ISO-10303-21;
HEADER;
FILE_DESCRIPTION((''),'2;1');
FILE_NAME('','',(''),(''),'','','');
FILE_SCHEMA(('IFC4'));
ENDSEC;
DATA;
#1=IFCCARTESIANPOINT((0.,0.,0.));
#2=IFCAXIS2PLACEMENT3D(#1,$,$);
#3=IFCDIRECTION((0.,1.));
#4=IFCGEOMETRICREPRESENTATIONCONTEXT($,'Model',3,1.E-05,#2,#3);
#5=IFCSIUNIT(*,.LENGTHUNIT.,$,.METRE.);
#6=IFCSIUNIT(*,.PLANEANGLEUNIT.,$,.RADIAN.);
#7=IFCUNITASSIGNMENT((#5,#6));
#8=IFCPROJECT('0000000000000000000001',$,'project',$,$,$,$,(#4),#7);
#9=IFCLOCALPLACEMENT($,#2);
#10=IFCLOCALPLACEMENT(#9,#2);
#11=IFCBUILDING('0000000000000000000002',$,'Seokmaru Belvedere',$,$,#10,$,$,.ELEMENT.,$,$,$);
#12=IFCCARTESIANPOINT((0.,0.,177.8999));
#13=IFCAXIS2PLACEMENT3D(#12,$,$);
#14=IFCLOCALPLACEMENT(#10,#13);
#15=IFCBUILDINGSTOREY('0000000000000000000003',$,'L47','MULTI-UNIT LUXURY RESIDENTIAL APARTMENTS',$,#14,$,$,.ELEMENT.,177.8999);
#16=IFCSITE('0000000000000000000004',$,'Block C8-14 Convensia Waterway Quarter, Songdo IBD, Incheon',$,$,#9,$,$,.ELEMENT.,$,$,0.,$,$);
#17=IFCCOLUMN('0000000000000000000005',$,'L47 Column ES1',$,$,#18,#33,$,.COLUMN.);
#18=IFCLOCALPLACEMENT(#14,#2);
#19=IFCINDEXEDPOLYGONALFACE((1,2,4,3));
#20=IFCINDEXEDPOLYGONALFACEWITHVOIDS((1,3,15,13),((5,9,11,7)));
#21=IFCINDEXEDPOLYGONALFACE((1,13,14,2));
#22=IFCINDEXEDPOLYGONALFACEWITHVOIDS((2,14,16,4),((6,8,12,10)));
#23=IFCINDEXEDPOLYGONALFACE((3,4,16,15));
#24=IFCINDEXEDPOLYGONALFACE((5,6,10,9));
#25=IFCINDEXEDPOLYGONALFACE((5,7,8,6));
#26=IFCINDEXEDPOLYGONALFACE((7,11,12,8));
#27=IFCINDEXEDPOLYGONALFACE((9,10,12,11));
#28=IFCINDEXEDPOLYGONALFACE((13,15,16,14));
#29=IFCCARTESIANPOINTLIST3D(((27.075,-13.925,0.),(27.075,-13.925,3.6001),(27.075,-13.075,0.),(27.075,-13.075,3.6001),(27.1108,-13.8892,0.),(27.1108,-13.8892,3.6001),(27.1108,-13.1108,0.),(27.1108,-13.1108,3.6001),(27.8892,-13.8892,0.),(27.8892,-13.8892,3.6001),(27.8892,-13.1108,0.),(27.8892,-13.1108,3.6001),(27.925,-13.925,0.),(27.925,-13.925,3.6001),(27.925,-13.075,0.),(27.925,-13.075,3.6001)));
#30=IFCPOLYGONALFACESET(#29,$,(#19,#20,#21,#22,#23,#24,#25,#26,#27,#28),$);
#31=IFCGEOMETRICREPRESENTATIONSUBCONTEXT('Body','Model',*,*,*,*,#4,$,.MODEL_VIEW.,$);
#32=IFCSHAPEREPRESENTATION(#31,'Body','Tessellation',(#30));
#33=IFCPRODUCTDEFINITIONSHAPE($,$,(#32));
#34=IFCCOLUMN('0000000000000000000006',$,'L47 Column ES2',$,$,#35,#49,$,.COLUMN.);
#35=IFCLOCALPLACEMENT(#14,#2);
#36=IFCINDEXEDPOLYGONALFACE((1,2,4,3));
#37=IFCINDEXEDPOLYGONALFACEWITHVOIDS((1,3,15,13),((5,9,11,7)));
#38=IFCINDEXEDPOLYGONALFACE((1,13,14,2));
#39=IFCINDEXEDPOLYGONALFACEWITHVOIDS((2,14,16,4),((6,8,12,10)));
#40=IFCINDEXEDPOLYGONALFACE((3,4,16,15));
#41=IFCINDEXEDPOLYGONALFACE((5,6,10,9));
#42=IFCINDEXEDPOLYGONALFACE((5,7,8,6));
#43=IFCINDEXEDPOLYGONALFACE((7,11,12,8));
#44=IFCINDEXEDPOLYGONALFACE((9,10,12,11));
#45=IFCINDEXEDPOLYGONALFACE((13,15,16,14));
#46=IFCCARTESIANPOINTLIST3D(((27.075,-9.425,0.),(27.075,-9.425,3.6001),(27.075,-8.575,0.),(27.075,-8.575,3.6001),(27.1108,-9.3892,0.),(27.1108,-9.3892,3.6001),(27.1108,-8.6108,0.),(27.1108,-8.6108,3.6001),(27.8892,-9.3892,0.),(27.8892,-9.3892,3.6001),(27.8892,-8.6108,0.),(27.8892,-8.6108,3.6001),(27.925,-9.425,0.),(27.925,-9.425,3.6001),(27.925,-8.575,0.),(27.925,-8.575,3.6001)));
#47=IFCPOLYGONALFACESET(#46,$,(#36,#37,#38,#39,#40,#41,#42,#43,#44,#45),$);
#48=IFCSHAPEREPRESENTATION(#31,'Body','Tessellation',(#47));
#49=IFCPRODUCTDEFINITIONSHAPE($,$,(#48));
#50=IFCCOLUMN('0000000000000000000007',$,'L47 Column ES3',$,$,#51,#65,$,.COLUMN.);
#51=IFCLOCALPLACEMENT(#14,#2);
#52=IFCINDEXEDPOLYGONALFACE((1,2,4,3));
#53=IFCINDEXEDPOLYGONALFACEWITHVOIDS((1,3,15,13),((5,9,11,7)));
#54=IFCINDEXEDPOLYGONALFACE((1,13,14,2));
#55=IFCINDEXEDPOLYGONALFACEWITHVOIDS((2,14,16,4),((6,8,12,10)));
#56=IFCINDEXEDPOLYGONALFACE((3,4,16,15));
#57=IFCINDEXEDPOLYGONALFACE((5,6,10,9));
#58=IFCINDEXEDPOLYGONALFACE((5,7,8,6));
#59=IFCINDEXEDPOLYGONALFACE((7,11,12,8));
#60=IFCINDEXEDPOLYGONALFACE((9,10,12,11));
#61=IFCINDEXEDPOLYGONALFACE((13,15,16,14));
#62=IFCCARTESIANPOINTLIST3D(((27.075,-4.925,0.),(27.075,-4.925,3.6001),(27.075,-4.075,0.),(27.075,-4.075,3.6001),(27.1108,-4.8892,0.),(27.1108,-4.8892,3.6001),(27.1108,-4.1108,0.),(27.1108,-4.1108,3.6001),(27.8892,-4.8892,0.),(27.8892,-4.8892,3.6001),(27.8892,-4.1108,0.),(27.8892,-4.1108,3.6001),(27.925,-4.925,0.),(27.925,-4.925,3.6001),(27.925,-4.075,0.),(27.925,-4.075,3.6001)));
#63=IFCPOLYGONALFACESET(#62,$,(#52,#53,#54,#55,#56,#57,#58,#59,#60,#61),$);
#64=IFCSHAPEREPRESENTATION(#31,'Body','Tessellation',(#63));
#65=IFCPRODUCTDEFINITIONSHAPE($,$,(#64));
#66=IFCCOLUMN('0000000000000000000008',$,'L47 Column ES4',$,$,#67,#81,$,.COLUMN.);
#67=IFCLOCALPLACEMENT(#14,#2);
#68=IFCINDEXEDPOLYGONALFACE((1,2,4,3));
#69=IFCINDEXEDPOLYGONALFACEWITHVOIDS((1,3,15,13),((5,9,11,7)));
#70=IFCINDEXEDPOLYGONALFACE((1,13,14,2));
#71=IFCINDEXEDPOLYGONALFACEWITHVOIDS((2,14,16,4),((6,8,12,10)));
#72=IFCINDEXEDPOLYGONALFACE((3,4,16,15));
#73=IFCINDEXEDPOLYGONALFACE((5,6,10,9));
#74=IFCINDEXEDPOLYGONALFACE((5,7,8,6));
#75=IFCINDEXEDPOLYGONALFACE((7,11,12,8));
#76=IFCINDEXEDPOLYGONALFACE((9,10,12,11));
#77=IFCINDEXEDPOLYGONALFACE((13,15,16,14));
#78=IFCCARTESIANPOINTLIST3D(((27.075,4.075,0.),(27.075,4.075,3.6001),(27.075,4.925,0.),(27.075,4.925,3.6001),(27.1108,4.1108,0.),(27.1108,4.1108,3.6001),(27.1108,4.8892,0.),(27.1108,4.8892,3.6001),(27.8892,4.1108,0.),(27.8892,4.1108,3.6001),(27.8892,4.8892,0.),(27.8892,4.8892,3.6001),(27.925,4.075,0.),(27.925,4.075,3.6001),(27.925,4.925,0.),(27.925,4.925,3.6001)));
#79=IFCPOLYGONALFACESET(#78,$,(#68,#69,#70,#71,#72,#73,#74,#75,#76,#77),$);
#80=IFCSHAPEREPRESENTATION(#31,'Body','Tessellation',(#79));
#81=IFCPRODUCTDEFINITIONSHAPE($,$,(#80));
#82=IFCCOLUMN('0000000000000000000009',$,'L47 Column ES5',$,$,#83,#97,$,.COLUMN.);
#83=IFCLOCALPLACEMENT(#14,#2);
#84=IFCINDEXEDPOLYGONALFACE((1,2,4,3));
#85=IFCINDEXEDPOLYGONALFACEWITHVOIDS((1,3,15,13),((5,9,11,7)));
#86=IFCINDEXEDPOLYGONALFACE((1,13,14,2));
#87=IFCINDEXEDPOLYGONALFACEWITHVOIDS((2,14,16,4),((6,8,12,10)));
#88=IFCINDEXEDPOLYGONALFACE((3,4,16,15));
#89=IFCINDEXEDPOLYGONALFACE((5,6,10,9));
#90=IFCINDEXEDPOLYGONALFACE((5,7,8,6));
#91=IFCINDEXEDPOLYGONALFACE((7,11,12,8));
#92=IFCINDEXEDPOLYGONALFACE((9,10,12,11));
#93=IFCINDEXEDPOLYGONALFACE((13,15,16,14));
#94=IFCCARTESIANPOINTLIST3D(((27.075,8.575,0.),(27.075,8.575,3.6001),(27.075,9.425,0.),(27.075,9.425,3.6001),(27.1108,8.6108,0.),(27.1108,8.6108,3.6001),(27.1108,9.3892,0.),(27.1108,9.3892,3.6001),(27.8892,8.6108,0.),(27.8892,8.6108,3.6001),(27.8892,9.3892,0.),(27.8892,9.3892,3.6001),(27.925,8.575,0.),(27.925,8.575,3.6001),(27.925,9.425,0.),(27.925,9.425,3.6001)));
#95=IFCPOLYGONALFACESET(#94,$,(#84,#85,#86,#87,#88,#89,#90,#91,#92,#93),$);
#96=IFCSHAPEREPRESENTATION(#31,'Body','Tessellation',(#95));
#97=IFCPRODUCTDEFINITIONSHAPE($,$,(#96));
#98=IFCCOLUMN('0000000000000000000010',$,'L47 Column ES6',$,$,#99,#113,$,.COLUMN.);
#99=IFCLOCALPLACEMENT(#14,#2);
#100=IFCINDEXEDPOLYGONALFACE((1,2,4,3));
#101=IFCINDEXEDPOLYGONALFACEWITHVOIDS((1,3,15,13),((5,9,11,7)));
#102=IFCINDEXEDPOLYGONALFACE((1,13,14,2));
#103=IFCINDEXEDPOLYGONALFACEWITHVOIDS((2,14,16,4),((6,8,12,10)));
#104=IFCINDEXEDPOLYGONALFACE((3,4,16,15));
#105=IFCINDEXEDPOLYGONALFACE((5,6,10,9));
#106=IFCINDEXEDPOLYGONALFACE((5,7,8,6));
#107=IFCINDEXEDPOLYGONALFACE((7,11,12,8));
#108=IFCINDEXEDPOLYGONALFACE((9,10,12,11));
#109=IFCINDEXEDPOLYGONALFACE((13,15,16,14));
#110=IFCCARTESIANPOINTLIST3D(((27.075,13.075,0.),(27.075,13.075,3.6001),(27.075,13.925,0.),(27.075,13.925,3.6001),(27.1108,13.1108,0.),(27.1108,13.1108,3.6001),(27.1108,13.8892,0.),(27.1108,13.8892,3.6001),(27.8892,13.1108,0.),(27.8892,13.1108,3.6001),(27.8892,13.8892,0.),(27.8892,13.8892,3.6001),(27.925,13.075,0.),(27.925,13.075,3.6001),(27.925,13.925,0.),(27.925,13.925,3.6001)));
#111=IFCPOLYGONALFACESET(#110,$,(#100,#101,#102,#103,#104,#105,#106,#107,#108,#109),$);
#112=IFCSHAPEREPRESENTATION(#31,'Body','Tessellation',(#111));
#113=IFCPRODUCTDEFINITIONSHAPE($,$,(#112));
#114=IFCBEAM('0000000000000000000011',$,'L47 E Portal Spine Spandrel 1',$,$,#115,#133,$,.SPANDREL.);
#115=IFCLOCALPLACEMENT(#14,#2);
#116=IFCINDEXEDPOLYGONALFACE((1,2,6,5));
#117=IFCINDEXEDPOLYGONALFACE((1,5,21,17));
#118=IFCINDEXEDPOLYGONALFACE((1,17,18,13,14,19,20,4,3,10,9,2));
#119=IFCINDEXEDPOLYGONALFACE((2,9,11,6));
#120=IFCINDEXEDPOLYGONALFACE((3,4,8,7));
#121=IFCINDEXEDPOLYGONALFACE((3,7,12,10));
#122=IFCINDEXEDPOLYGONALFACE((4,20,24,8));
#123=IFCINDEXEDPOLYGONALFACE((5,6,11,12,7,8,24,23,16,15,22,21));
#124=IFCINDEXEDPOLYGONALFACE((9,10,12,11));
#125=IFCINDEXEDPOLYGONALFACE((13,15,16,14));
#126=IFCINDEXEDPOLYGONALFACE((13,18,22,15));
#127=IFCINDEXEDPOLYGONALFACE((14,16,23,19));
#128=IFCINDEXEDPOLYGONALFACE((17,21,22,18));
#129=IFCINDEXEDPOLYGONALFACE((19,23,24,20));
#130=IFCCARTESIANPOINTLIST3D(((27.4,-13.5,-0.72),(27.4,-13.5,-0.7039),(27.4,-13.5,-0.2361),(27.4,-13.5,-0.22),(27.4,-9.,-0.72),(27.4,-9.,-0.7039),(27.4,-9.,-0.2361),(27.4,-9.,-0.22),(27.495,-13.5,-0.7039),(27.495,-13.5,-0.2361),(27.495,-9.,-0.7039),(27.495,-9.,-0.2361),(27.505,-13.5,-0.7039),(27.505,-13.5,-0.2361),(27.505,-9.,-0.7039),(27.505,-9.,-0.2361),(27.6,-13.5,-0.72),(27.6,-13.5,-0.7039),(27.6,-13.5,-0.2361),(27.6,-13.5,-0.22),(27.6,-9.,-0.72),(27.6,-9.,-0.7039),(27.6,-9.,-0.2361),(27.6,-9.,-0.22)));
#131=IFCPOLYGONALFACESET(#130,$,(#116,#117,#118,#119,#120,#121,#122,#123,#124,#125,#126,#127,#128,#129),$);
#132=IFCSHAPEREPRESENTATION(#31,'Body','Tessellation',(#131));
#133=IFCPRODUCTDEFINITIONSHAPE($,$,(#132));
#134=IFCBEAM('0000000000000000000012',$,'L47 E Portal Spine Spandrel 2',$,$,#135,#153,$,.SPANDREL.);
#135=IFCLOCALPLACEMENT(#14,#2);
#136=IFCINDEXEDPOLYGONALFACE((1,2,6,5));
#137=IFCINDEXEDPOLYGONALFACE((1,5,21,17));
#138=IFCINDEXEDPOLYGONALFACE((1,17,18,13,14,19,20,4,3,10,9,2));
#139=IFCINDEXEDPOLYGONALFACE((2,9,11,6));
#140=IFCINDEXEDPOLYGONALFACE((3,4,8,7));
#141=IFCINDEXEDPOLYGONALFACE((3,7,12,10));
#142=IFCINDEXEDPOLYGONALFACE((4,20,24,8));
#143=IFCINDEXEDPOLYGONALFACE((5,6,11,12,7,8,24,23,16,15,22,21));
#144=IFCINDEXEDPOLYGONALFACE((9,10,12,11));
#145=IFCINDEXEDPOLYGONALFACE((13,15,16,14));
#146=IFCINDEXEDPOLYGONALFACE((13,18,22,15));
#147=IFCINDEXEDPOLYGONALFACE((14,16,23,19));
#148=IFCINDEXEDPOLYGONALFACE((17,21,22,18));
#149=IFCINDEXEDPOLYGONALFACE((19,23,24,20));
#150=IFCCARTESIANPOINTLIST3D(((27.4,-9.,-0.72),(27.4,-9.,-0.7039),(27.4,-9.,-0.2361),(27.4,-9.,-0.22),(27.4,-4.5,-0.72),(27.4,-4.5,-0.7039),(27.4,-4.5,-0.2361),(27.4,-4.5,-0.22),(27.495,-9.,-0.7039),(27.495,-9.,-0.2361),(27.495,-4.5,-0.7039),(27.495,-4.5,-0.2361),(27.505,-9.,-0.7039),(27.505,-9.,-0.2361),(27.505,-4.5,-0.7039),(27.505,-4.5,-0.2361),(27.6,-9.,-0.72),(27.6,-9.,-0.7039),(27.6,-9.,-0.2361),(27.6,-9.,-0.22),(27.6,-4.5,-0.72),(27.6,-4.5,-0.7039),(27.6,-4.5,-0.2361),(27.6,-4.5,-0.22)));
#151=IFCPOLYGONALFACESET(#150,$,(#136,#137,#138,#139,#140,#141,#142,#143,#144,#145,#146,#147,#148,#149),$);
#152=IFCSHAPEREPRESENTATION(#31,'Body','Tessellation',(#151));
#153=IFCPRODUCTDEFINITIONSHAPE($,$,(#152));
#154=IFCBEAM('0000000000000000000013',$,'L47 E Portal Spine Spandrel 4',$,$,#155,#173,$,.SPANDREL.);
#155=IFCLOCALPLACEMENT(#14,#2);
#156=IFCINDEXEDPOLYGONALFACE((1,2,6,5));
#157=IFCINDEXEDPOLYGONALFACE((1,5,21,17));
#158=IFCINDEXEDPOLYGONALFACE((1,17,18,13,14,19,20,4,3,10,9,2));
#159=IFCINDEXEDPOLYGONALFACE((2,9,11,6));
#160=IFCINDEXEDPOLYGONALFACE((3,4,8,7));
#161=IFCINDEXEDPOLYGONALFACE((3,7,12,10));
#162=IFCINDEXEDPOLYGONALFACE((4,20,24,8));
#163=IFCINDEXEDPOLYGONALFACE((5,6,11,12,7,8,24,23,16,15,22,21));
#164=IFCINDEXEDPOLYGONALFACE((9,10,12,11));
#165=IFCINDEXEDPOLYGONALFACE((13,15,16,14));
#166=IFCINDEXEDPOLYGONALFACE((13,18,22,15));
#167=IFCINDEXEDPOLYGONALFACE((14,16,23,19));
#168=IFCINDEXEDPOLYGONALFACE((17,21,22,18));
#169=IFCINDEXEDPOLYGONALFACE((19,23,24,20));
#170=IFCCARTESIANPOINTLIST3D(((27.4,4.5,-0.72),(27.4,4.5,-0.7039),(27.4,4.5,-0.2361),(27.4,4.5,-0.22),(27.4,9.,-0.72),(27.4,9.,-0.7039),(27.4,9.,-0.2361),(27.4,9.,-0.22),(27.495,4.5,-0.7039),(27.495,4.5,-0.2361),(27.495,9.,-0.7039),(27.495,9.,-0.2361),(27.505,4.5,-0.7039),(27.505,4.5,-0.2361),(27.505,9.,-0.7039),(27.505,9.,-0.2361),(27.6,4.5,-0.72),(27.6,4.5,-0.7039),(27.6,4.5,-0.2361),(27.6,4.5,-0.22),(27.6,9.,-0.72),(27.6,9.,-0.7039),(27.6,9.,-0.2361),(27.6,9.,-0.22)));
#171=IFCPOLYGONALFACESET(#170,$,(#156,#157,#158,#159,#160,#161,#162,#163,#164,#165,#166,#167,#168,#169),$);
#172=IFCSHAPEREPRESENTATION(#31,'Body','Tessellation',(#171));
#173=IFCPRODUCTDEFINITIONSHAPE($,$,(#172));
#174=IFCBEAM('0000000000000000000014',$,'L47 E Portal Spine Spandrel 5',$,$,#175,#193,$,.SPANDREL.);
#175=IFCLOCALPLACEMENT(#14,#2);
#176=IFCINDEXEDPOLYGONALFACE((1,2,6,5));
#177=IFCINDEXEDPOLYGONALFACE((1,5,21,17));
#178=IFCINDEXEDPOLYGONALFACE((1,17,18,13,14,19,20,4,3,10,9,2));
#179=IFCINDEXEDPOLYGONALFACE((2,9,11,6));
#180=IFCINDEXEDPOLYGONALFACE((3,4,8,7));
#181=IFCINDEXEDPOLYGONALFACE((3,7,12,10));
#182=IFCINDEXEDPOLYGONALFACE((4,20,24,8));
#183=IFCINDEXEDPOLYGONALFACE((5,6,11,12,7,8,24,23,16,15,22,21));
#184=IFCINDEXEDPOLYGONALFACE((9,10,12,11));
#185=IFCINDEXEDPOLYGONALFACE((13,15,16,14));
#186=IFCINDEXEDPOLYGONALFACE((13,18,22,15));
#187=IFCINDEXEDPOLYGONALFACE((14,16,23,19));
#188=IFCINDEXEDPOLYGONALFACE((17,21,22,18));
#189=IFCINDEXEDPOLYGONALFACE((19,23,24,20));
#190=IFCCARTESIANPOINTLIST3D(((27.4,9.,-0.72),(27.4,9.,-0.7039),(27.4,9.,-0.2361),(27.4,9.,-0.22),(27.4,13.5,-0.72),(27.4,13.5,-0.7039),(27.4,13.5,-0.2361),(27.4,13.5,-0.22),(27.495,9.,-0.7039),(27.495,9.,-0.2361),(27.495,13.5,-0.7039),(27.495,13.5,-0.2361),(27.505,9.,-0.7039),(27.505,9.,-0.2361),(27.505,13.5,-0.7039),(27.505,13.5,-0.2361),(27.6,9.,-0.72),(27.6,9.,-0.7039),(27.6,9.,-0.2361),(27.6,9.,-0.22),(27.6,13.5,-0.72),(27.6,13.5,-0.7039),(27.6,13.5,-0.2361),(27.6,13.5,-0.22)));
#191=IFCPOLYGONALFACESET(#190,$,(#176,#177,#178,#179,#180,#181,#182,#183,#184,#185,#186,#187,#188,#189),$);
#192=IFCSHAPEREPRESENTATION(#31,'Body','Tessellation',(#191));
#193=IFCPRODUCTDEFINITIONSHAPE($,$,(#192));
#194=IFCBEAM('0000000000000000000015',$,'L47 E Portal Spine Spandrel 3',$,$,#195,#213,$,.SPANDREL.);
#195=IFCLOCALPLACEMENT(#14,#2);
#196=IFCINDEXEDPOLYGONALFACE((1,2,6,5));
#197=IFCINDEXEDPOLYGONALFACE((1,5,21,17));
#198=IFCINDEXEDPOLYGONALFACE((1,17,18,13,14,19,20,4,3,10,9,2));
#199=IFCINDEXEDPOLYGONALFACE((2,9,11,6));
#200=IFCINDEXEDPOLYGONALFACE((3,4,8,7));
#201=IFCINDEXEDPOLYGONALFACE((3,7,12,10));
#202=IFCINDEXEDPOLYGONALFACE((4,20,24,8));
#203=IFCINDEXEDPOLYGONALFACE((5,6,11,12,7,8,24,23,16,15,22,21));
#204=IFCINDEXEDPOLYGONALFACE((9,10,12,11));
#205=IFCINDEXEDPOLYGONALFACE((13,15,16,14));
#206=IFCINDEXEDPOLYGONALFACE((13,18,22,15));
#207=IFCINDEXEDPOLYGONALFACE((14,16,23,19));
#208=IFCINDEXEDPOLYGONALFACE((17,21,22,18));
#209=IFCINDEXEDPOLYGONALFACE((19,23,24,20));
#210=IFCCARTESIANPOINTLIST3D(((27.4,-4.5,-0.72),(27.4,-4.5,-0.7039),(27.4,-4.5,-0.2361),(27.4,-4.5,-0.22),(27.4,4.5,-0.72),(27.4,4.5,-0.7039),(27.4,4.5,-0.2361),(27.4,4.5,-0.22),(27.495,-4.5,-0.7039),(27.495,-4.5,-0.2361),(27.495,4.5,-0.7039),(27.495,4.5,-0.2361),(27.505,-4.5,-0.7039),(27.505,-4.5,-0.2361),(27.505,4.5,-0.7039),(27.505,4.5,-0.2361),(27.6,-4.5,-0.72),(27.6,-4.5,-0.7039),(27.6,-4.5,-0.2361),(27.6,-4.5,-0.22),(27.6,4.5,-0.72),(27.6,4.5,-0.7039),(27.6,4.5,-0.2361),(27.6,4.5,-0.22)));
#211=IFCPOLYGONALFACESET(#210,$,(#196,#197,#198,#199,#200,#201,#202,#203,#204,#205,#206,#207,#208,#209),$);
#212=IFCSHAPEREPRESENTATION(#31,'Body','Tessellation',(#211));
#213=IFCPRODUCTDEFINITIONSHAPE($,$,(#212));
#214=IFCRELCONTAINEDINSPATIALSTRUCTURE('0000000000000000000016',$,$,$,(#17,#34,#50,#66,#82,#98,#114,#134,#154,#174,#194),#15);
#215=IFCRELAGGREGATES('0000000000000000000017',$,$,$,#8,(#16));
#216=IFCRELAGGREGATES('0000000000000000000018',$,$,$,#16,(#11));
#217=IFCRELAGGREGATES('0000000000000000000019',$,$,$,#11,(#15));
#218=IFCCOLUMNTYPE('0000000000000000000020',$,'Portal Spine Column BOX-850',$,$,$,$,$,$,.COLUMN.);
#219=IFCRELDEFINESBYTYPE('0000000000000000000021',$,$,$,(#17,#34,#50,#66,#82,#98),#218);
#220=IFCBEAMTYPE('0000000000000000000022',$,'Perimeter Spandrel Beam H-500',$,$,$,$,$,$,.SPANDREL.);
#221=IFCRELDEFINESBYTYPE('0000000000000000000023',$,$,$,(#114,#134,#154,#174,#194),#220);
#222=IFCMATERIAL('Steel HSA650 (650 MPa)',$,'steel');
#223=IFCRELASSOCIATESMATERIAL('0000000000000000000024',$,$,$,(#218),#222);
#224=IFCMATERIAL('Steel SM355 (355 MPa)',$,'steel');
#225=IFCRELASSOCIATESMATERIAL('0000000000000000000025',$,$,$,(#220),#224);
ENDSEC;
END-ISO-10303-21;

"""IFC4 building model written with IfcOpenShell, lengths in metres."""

from ifc_helpers import new_model, si_unit, direction, frame, origin, origin_2d, place, context, subcontext, project, spatial, hollow_rectangle, i_section, extrude, source, transform, mapped, material, material_profile, profile_set, type_object, type_shapes, element, save


model = new_model("IFC4")

# Units and contexts
model_context = context("Model", 3, precision=1e-05, world=origin(), true_north=direction((0.0, 1.0)))
body_context = subcontext(model_context, "Body", "Model", "MODEL_VIEW")
ifc_project = project(units=[si_unit("LENGTHUNIT", "METRE"), si_unit("PLANEANGLEUNIT", "RADIAN")], contexts=[model_context])

# Site, building, storey
site_placement = place(None, origin())
site = spatial("IfcSite", under=ifc_project, at=site_placement, Name="Block C8-14 Convensia Waterway Quarter, Songdo IBD, Incheon", CompositionType="ELEMENT", RefElevation=0.0)
building_placement = place(site_placement, origin())
building = spatial("IfcBuilding", under=site, at=building_placement, Name="Seokmaru Belvedere", CompositionType="ELEMENT")
storey_placement = place(building_placement, frame((0.0, 0.0, 177.8999)))
storey = spatial("IfcBuildingStorey", under=building, at=storey_placement, Name="L47", Description="MULTI-UNIT LUXURY RESIDENTIAL APARTMENTS", CompositionType="ELEMENT", Elevation=177.8999)

# Columns
ifc_material_1 = material(Name="Steel HSA650 (650 MPa)", Category="steel")
ifc_material_profile_1 = material_profile(ifc_material_1, hollow_rectangle(XDim=0.8501, YDim=0.8501, WallThickness=0.0359, at=origin_2d()), Name="BOX-850x850x36")
ifc_profile_set_1 = profile_set([ifc_material_profile_1], Name="Steel HSA650 (650 MPa)")
column_type = type_object("IfcColumnType", Name="Portal Spine Column BOX-850", PredefinedType="COLUMN", material=ifc_profile_set_1)
shared_shape_1 = source(origin(), body_context, "Body", "SweptSolid", [
    extrude(hollow_rectangle(XDim=0.8501, YDim=0.8501, WallThickness=0.0359, at=origin_2d()), origin(), (0.0, 0.0, 1.0), 3.6001),
])
type_shapes(column_type, [shared_shape_1])
for number, where, z_axis, x_axis, name in (
    (1, (27.5, -13.5, 0.0), (0.0, 0.0, 1.0), (1.0, 0.0, 0.0), "L47 Column ES1"),
    (2, (27.5, -9.0, 0.0), (0.0, 0.0, 1.0), (1.0, 0.0, 0.0), "L47 Column ES2"),
    (3, (27.5, -4.5, 0.0), (0.0, 0.0, 1.0), (1.0, 0.0, 0.0), "L47 Column ES3"),
    (4, (27.5, 4.5, 0.0), (0.0, 0.0, 1.0), (1.0, 0.0, 0.0), "L47 Column ES4"),
    (5, (27.5, 9.0, 0.0), (0.0, 0.0, 1.0), (1.0, 0.0, 0.0), "L47 Column ES5"),
    (6, (27.5, 13.5, 0.0), (0.0, 0.0, 1.0), (1.0, 0.0, 0.0), "L47 Column ES6"),
):
    element("IfcColumn", number, at=place(storey_placement, frame(where, z_axis=z_axis, x_axis=x_axis)), inside=storey, type_object=column_type, Name=name, PredefinedType="COLUMN", context=body_context, shape_type="MappedRepresentation", body=[
        mapped(shared_shape_1, transform((0.0, 0.0, 0.0), scale=1.0)),
    ])

# Beams
ifc_material_2 = material(Name="Steel SM355 (355 MPa)", Category="steel")
ifc_material_profile_2 = material_profile(ifc_material_2, i_section(OverallWidth=0.2, OverallDepth=0.5, WebThickness=0.01, FlangeThickness=0.0161, at=origin_2d()), Name="H-500x200x10x16")
ifc_profile_set_2 = profile_set([ifc_material_profile_2], Name="Steel SM355 (355 MPa)")
beam_type_1 = type_object("IfcBeamType", Name="Perimeter Spandrel Beam H-500", PredefinedType="SPANDREL", material=ifc_profile_set_2)
shared_shape_2 = source(origin(), body_context, "Body", "SweptSolid", [
    extrude(i_section(OverallWidth=0.2, OverallDepth=0.5, WebThickness=0.01, FlangeThickness=0.0161, at=origin_2d()), origin(), (0.0, 0.0, 1.0), 4.5),
])
for number, where, z_axis, x_axis, name in (
    (7, (27.5, -13.5, -0.47), (0.0, 1.0, 0.0), (-1.0, 0.0, 0.0), "L47 E Portal Spine Spandrel 1"),
    (8, (27.5, -9.0, -0.47), (0.0, 1.0, 0.0), (-1.0, 0.0, 0.0), "L47 E Portal Spine Spandrel 2"),
    (9, (27.5, 4.5, -0.47), (0.0, 1.0, 0.0), (-1.0, 0.0, 0.0), "L47 E Portal Spine Spandrel 4"),
    (10, (27.5, 9.0, -0.47), (0.0, 1.0, 0.0), (-1.0, 0.0, 0.0), "L47 E Portal Spine Spandrel 5"),
):
    element("IfcBeam", number, at=place(storey_placement, frame(where, z_axis=z_axis, x_axis=x_axis)), inside=storey, type_object=beam_type_1, Name=name, PredefinedType="SPANDREL", context=body_context, shape_type="MappedRepresentation", body=[
        mapped(shared_shape_2, transform((0.0, 0.0, 0.0), scale=1.0)),
    ])
shared_shape_3 = source(origin(), body_context, "Body", "SweptSolid", [
    extrude(i_section(OverallWidth=0.2, OverallDepth=0.5, WebThickness=0.01, FlangeThickness=0.0161, at=origin_2d()), origin(), (0.0, 0.0, 1.0), 9.0),
])
type_shapes(beam_type_1, [shared_shape_2, shared_shape_3])
beam_1_placement = place(storey_placement, frame((27.5, -4.5, -0.47), z_axis=(0.0, 1.0, 0.0), x_axis=(-1.0, 0.0, 0.0)))
element("IfcBeam", 11, at=beam_1_placement, inside=storey, type_object=beam_type_1, Name="L47 E Portal Spine Spandrel 3", PredefinedType="SPANDREL", context=body_context, shape_type="MappedRepresentation", body=[
    mapped(shared_shape_3, transform((0.0, 0.0, 0.0), scale=1.0)),
])

save(model, "model.ifc")
